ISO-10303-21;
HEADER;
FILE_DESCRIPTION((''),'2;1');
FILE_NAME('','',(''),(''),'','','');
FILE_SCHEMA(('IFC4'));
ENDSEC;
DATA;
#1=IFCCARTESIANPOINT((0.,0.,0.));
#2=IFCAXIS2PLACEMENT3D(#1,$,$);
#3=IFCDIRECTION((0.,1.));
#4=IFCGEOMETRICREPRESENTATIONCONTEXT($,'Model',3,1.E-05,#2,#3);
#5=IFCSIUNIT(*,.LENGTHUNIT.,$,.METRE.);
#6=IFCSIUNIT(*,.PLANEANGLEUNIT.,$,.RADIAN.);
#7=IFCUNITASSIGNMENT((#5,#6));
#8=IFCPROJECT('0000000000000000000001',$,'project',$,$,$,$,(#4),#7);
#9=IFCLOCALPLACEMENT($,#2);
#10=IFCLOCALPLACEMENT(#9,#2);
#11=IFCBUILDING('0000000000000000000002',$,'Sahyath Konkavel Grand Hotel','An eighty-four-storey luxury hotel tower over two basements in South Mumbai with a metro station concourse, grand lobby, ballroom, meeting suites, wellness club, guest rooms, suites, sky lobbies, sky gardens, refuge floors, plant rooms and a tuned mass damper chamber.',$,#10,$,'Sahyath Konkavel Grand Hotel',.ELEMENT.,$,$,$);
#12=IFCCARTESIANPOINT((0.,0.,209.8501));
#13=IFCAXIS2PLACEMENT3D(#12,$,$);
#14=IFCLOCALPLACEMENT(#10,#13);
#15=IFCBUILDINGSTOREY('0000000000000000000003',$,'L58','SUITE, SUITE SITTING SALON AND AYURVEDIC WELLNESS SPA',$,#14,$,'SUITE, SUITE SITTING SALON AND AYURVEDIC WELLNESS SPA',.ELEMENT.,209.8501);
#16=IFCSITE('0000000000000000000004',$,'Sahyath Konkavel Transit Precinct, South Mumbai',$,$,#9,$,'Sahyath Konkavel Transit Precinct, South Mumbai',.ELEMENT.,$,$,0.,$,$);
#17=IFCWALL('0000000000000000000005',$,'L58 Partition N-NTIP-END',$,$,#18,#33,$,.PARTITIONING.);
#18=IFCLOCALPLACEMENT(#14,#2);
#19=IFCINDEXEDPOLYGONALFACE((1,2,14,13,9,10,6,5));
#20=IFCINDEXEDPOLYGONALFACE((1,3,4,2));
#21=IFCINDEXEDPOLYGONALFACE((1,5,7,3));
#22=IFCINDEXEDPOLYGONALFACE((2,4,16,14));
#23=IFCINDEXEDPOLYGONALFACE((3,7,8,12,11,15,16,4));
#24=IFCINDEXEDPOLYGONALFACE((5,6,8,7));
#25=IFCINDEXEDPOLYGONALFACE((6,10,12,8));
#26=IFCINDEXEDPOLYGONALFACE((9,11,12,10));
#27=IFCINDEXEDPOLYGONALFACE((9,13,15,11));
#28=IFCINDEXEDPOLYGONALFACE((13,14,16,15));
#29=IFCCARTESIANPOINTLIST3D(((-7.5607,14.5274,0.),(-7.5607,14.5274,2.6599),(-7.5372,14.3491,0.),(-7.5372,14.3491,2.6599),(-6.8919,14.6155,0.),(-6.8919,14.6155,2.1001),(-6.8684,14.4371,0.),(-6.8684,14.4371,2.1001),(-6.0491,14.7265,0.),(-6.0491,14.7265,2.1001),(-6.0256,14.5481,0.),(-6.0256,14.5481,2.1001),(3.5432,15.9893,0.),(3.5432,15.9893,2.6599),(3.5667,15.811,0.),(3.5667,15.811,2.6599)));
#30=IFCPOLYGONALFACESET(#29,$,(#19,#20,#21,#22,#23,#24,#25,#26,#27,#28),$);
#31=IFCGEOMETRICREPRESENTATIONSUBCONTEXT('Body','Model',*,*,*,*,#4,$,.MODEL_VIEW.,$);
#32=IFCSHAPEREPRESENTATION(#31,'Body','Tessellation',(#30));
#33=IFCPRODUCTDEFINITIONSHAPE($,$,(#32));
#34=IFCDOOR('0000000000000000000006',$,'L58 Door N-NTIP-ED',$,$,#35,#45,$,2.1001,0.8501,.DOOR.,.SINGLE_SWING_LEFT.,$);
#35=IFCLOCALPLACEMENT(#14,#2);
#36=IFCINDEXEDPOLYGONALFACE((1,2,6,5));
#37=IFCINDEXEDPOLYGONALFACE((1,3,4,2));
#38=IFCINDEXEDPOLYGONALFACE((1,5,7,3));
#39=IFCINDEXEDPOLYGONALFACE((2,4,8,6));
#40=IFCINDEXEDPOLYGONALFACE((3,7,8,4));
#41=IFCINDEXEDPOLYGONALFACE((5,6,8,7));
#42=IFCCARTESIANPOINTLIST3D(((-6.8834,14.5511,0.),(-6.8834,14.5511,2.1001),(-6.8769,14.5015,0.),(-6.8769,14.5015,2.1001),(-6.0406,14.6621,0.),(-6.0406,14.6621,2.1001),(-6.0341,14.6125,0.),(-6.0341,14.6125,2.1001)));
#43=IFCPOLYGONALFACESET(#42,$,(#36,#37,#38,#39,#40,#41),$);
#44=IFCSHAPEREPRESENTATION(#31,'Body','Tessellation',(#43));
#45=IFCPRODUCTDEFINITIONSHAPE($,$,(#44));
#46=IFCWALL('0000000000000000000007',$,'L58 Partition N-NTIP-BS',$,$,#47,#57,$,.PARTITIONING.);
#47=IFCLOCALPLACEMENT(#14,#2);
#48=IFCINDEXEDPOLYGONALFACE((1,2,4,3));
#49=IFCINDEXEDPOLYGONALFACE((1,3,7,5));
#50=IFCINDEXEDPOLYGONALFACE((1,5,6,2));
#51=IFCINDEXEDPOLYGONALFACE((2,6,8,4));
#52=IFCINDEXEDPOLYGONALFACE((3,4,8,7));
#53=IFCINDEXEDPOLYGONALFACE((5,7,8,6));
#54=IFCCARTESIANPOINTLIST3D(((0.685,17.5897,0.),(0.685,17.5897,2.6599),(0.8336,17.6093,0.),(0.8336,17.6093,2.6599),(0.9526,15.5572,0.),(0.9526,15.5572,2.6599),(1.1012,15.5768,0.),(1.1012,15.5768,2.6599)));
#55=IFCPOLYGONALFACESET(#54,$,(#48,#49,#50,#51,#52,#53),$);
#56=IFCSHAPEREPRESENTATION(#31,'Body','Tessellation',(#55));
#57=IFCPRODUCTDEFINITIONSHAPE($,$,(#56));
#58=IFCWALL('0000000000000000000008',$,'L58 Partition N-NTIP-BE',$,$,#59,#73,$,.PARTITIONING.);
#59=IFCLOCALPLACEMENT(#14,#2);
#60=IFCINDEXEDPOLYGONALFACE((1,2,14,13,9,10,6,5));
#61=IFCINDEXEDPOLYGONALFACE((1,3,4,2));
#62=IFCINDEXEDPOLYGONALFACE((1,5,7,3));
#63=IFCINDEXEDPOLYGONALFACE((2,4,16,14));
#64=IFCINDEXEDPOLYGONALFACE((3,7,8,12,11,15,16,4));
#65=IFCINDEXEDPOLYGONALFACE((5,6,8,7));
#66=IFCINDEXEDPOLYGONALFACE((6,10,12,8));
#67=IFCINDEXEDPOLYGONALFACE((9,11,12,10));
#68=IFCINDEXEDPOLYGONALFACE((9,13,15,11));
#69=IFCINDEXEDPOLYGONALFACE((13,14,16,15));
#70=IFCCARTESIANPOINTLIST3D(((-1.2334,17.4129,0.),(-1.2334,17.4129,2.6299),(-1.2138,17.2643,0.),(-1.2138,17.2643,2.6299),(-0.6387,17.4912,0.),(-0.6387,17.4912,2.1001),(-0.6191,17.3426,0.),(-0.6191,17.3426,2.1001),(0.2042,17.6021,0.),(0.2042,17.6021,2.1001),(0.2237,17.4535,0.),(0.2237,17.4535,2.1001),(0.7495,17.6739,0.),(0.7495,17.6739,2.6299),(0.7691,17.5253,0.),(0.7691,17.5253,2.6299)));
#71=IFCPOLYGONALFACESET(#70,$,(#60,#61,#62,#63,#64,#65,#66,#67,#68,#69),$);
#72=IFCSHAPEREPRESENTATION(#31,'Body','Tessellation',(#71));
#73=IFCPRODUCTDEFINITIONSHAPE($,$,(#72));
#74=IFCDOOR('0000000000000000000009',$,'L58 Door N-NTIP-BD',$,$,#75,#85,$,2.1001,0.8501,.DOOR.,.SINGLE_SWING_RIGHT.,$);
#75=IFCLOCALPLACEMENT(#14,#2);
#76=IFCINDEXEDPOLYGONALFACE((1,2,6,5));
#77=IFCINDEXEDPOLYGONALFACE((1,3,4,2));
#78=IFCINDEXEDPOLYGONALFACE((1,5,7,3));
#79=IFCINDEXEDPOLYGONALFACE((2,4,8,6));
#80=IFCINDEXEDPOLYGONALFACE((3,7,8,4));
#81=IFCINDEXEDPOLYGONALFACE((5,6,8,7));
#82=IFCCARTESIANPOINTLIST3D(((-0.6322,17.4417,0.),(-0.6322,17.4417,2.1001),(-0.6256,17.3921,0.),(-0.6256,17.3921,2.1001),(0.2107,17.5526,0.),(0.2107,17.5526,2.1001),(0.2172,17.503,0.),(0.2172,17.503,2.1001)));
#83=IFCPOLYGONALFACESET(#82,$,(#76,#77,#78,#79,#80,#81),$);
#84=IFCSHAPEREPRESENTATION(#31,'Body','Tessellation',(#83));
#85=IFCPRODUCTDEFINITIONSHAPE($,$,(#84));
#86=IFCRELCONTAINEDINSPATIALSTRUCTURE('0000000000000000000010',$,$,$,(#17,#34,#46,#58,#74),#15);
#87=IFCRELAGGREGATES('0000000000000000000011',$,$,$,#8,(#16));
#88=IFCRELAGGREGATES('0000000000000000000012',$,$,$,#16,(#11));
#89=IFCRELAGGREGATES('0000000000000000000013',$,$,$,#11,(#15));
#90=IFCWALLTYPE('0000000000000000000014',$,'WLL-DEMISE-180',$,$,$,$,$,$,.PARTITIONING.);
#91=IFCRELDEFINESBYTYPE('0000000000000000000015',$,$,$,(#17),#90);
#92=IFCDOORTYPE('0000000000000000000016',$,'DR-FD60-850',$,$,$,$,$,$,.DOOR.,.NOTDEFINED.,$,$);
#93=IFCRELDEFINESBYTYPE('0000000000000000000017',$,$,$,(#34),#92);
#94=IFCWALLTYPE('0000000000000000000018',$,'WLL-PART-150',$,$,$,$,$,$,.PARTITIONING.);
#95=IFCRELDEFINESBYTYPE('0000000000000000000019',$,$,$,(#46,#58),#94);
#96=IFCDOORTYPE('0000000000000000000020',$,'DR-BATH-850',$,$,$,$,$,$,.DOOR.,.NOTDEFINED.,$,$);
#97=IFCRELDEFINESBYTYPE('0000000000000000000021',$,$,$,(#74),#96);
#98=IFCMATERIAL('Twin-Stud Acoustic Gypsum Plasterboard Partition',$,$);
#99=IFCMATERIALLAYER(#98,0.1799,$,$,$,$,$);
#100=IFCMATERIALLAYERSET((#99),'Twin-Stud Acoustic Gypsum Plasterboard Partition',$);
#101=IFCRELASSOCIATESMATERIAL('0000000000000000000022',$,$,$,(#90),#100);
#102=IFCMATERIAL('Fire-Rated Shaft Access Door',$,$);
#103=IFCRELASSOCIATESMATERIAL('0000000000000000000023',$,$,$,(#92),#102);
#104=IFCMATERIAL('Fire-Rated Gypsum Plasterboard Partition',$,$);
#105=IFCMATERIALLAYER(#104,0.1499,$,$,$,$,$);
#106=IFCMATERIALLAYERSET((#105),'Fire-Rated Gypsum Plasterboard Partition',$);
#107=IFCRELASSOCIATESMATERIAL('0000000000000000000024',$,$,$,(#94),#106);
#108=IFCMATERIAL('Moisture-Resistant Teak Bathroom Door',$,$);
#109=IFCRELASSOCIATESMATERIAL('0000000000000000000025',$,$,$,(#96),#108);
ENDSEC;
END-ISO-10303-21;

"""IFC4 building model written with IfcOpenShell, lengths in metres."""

from ifc_helpers import new_model, si_unit, direction, frame, frame_2d, origin, origin_2d, place, context, subcontext, project, spatial, rectangle, extrude, source, transform, mapped, material, layer, layer_set, type_object, element, fill, save


model = new_model("IFC4")

# Units and contexts
model_context = context("Model", 3, precision=1e-05, world=origin(), true_north=direction((0.0, 1.0)))
body_context = subcontext(model_context, "Body", "Model", "MODEL_VIEW")
ifc_project = project(units=[si_unit("LENGTHUNIT", "METRE"), si_unit("PLANEANGLEUNIT", "RADIAN")], contexts=[model_context])

# Site, building, storey
site_placement = place(None, origin())
site = spatial("IfcSite", under=ifc_project, at=site_placement, Name="Sahyath Konkavel Transit Precinct, South Mumbai", LongName="Sahyath Konkavel Transit Precinct, South Mumbai", CompositionType="ELEMENT", RefElevation=0.0)
building_placement = place(site_placement, origin())
building = spatial("IfcBuilding", under=site, at=building_placement, Name="Sahyath Konkavel Grand Hotel", Description="An eighty-four-storey luxury hotel tower over two basements in South Mumbai with a metro station concourse, grand lobby, ballroom, meeting suites, wellness club, guest rooms, suites, sky lobbies, sky gardens, refuge floors, plant rooms and a tuned mass damper chamber.", LongName="Sahyath Konkavel Grand Hotel", CompositionType="ELEMENT")
storey_placement = place(building_placement, frame((0.0, 0.0, 209.8501)))
storey = spatial("IfcBuildingStorey", under=building, at=storey_placement, Name="L58", Description="SUITE, SUITE SITTING SALON AND AYURVEDIC WELLNESS SPA", LongName="SUITE, SUITE SITTING SALON AND AYURVEDIC WELLNESS SPA", CompositionType="ELEMENT", Elevation=209.8501)

# Wall, opening, door
ifc_material_1 = material(Name="Twin-Stud Acoustic Gypsum Plasterboard Partition")
ifc_layer_1 = layer(ifc_material_1, 0.1799)
ifc_layer_set_1 = layer_set([ifc_layer_1], Name="Twin-Stud Acoustic Gypsum Plasterboard Partition")
wall_type_1 = type_object("IfcWallType", Name="WLL-DEMISE-180", PredefinedType="PARTITIONING", material=ifc_layer_set_1)
wall_1_placement = place(storey_placement, frame((3.5549, 15.9001, 0.0), z_axis=(0.0, 0.0, 1.0), x_axis=(-0.991444, -0.13053, 0.0)))
wall_1 = element("IfcWall", 1, at=wall_1_placement, inside=storey, type_object=wall_type_1, Name="L58 Partition N-NTIP-END", PredefinedType="PARTITIONING", context=body_context, shape_type="SweptSolid", body=[
    extrude(rectangle(XDim=11.1997, YDim=0.1799, at=frame_2d((5.5999, 0.0))), origin(), (0.0, 0.0, 1.0), 2.6599),
])
opening_1_placement = place(wall_1_placement, frame((9.675, 0.0, 0.0)))
opening_1 = element("IfcOpeningElement", 2, at=opening_1_placement, cuts=wall_1, PredefinedType="OPENING", context=body_context, shape_type="SweptSolid", body=[
    extrude(rectangle(XDim=0.8501, YDim=2.1001, at=frame_2d((0.425, 1.05))), frame((0.0, 0.1001, 0.0), z_axis=(0.0, -1.0, 0.0), x_axis=(1.0, 0.0, 0.0)), (0.0, 0.0, 1.0), 0.2),
])
ifc_material_2 = material(Name="Fire-Rated Shaft Access Door")
door_type_1 = type_object("IfcDoorType", Name="DR-FD60-850", OperationType="NOTDEFINED", PredefinedType="DOOR", material=ifc_material_2)
shared_shape_1 = source(origin(), body_context, "Body", "SweptSolid", [
    extrude(rectangle(XDim=0.8501, YDim=0.05, at=origin_2d()), origin(), (0.0, 0.0, 1.0), 2.1001),
])
door_1_placement = place(opening_1_placement, frame((0.425, 0.0, 0.0)))
door_1 = element("IfcDoor", 3, at=door_1_placement, inside=storey, type_object=door_type_1, Name="L58 Door N-NTIP-ED", OperationType="SINGLE_SWING_LEFT", OverallHeight=2.1001, OverallWidth=0.8501, PredefinedType="DOOR", context=body_context, shape_type="MappedRepresentation", body=[
    mapped(shared_shape_1, transform((0.0, 0.0, 0.0), scale=1.0)),
])
fill(opening_1, door_1)

# Wall
ifc_material_3 = material(Name="Fire-Rated Gypsum Plasterboard Partition")
ifc_layer_2 = layer(ifc_material_3, 0.1499)
ifc_layer_set_2 = layer_set([ifc_layer_2], Name="Fire-Rated Gypsum Plasterboard Partition")
wall_type_2 = type_object("IfcWallType", Name="WLL-PART-150", PredefinedType="PARTITIONING", material=ifc_layer_set_2)
wall_2_placement = place(storey_placement, frame((1.0269, 15.5671, 0.0), z_axis=(0.0, 0.0, 1.0), x_axis=(-0.130525, 0.991445, 0.0)))
element("IfcWall", 4, at=wall_2_placement, inside=storey, type_object=wall_type_2, Name="L58 Partition N-NTIP-BS", PredefinedType="PARTITIONING", context=body_context, shape_type="SweptSolid", body=[
    extrude(rectangle(XDim=2.05, YDim=0.1499, at=frame_2d((1.0249, 0.0))), origin(), (0.0, 0.0, 1.0), 2.6599),
])

# Wall, opening, door
wall_3_placement = place(storey_placement, frame((0.7593, 17.5996, 0.0), z_axis=(0.0, 0.0, 1.0), x_axis=(-0.991449, -0.130492, 0.0)))
wall_3 = element("IfcWall", 5, at=wall_3_placement, inside=storey, type_object=wall_type_2, Name="L58 Partition N-NTIP-BE", PredefinedType="PARTITIONING", context=body_context, shape_type="SweptSolid", body=[
    extrude(rectangle(XDim=2.0, YDim=0.1499, at=frame_2d((1.0, 0.0))), origin(), (0.0, 0.0, 1.0), 2.6299),
])
opening_2_placement = place(wall_3_placement, frame((0.55, 0.0, 0.0)))
opening_2 = element("IfcOpeningElement", 6, at=opening_2_placement, cuts=wall_3, PredefinedType="OPENING", context=body_context, shape_type="SweptSolid", body=[
    extrude(rectangle(XDim=0.8501, YDim=2.1001, at=frame_2d((0.425, 1.05))), frame((0.0, 0.085, 0.0), z_axis=(0.0, -1.0, 0.0), x_axis=(1.0, 0.0, 0.0)), (0.0, 0.0, 1.0), 0.1699),
])
ifc_material_4 = material(Name="Moisture-Resistant Teak Bathroom Door")
door_type_2 = type_object("IfcDoorType", Name="DR-BATH-850", OperationType="NOTDEFINED", PredefinedType="DOOR", material=ifc_material_4)
door_2_placement = place(opening_2_placement, frame((0.425, 0.0, 0.0)))
door_2 = element("IfcDoor", 7, at=door_2_placement, inside=storey, type_object=door_type_2, Name="L58 Door N-NTIP-BD", OperationType="SINGLE_SWING_RIGHT", OverallHeight=2.1001, OverallWidth=0.8501, PredefinedType="DOOR", context=body_context, shape_type="MappedRepresentation", body=[
    mapped(shared_shape_1, transform((0.0, 0.0, 0.0), scale=1.0)),
])
fill(opening_2, door_2)

save(model, "model.ifc")
